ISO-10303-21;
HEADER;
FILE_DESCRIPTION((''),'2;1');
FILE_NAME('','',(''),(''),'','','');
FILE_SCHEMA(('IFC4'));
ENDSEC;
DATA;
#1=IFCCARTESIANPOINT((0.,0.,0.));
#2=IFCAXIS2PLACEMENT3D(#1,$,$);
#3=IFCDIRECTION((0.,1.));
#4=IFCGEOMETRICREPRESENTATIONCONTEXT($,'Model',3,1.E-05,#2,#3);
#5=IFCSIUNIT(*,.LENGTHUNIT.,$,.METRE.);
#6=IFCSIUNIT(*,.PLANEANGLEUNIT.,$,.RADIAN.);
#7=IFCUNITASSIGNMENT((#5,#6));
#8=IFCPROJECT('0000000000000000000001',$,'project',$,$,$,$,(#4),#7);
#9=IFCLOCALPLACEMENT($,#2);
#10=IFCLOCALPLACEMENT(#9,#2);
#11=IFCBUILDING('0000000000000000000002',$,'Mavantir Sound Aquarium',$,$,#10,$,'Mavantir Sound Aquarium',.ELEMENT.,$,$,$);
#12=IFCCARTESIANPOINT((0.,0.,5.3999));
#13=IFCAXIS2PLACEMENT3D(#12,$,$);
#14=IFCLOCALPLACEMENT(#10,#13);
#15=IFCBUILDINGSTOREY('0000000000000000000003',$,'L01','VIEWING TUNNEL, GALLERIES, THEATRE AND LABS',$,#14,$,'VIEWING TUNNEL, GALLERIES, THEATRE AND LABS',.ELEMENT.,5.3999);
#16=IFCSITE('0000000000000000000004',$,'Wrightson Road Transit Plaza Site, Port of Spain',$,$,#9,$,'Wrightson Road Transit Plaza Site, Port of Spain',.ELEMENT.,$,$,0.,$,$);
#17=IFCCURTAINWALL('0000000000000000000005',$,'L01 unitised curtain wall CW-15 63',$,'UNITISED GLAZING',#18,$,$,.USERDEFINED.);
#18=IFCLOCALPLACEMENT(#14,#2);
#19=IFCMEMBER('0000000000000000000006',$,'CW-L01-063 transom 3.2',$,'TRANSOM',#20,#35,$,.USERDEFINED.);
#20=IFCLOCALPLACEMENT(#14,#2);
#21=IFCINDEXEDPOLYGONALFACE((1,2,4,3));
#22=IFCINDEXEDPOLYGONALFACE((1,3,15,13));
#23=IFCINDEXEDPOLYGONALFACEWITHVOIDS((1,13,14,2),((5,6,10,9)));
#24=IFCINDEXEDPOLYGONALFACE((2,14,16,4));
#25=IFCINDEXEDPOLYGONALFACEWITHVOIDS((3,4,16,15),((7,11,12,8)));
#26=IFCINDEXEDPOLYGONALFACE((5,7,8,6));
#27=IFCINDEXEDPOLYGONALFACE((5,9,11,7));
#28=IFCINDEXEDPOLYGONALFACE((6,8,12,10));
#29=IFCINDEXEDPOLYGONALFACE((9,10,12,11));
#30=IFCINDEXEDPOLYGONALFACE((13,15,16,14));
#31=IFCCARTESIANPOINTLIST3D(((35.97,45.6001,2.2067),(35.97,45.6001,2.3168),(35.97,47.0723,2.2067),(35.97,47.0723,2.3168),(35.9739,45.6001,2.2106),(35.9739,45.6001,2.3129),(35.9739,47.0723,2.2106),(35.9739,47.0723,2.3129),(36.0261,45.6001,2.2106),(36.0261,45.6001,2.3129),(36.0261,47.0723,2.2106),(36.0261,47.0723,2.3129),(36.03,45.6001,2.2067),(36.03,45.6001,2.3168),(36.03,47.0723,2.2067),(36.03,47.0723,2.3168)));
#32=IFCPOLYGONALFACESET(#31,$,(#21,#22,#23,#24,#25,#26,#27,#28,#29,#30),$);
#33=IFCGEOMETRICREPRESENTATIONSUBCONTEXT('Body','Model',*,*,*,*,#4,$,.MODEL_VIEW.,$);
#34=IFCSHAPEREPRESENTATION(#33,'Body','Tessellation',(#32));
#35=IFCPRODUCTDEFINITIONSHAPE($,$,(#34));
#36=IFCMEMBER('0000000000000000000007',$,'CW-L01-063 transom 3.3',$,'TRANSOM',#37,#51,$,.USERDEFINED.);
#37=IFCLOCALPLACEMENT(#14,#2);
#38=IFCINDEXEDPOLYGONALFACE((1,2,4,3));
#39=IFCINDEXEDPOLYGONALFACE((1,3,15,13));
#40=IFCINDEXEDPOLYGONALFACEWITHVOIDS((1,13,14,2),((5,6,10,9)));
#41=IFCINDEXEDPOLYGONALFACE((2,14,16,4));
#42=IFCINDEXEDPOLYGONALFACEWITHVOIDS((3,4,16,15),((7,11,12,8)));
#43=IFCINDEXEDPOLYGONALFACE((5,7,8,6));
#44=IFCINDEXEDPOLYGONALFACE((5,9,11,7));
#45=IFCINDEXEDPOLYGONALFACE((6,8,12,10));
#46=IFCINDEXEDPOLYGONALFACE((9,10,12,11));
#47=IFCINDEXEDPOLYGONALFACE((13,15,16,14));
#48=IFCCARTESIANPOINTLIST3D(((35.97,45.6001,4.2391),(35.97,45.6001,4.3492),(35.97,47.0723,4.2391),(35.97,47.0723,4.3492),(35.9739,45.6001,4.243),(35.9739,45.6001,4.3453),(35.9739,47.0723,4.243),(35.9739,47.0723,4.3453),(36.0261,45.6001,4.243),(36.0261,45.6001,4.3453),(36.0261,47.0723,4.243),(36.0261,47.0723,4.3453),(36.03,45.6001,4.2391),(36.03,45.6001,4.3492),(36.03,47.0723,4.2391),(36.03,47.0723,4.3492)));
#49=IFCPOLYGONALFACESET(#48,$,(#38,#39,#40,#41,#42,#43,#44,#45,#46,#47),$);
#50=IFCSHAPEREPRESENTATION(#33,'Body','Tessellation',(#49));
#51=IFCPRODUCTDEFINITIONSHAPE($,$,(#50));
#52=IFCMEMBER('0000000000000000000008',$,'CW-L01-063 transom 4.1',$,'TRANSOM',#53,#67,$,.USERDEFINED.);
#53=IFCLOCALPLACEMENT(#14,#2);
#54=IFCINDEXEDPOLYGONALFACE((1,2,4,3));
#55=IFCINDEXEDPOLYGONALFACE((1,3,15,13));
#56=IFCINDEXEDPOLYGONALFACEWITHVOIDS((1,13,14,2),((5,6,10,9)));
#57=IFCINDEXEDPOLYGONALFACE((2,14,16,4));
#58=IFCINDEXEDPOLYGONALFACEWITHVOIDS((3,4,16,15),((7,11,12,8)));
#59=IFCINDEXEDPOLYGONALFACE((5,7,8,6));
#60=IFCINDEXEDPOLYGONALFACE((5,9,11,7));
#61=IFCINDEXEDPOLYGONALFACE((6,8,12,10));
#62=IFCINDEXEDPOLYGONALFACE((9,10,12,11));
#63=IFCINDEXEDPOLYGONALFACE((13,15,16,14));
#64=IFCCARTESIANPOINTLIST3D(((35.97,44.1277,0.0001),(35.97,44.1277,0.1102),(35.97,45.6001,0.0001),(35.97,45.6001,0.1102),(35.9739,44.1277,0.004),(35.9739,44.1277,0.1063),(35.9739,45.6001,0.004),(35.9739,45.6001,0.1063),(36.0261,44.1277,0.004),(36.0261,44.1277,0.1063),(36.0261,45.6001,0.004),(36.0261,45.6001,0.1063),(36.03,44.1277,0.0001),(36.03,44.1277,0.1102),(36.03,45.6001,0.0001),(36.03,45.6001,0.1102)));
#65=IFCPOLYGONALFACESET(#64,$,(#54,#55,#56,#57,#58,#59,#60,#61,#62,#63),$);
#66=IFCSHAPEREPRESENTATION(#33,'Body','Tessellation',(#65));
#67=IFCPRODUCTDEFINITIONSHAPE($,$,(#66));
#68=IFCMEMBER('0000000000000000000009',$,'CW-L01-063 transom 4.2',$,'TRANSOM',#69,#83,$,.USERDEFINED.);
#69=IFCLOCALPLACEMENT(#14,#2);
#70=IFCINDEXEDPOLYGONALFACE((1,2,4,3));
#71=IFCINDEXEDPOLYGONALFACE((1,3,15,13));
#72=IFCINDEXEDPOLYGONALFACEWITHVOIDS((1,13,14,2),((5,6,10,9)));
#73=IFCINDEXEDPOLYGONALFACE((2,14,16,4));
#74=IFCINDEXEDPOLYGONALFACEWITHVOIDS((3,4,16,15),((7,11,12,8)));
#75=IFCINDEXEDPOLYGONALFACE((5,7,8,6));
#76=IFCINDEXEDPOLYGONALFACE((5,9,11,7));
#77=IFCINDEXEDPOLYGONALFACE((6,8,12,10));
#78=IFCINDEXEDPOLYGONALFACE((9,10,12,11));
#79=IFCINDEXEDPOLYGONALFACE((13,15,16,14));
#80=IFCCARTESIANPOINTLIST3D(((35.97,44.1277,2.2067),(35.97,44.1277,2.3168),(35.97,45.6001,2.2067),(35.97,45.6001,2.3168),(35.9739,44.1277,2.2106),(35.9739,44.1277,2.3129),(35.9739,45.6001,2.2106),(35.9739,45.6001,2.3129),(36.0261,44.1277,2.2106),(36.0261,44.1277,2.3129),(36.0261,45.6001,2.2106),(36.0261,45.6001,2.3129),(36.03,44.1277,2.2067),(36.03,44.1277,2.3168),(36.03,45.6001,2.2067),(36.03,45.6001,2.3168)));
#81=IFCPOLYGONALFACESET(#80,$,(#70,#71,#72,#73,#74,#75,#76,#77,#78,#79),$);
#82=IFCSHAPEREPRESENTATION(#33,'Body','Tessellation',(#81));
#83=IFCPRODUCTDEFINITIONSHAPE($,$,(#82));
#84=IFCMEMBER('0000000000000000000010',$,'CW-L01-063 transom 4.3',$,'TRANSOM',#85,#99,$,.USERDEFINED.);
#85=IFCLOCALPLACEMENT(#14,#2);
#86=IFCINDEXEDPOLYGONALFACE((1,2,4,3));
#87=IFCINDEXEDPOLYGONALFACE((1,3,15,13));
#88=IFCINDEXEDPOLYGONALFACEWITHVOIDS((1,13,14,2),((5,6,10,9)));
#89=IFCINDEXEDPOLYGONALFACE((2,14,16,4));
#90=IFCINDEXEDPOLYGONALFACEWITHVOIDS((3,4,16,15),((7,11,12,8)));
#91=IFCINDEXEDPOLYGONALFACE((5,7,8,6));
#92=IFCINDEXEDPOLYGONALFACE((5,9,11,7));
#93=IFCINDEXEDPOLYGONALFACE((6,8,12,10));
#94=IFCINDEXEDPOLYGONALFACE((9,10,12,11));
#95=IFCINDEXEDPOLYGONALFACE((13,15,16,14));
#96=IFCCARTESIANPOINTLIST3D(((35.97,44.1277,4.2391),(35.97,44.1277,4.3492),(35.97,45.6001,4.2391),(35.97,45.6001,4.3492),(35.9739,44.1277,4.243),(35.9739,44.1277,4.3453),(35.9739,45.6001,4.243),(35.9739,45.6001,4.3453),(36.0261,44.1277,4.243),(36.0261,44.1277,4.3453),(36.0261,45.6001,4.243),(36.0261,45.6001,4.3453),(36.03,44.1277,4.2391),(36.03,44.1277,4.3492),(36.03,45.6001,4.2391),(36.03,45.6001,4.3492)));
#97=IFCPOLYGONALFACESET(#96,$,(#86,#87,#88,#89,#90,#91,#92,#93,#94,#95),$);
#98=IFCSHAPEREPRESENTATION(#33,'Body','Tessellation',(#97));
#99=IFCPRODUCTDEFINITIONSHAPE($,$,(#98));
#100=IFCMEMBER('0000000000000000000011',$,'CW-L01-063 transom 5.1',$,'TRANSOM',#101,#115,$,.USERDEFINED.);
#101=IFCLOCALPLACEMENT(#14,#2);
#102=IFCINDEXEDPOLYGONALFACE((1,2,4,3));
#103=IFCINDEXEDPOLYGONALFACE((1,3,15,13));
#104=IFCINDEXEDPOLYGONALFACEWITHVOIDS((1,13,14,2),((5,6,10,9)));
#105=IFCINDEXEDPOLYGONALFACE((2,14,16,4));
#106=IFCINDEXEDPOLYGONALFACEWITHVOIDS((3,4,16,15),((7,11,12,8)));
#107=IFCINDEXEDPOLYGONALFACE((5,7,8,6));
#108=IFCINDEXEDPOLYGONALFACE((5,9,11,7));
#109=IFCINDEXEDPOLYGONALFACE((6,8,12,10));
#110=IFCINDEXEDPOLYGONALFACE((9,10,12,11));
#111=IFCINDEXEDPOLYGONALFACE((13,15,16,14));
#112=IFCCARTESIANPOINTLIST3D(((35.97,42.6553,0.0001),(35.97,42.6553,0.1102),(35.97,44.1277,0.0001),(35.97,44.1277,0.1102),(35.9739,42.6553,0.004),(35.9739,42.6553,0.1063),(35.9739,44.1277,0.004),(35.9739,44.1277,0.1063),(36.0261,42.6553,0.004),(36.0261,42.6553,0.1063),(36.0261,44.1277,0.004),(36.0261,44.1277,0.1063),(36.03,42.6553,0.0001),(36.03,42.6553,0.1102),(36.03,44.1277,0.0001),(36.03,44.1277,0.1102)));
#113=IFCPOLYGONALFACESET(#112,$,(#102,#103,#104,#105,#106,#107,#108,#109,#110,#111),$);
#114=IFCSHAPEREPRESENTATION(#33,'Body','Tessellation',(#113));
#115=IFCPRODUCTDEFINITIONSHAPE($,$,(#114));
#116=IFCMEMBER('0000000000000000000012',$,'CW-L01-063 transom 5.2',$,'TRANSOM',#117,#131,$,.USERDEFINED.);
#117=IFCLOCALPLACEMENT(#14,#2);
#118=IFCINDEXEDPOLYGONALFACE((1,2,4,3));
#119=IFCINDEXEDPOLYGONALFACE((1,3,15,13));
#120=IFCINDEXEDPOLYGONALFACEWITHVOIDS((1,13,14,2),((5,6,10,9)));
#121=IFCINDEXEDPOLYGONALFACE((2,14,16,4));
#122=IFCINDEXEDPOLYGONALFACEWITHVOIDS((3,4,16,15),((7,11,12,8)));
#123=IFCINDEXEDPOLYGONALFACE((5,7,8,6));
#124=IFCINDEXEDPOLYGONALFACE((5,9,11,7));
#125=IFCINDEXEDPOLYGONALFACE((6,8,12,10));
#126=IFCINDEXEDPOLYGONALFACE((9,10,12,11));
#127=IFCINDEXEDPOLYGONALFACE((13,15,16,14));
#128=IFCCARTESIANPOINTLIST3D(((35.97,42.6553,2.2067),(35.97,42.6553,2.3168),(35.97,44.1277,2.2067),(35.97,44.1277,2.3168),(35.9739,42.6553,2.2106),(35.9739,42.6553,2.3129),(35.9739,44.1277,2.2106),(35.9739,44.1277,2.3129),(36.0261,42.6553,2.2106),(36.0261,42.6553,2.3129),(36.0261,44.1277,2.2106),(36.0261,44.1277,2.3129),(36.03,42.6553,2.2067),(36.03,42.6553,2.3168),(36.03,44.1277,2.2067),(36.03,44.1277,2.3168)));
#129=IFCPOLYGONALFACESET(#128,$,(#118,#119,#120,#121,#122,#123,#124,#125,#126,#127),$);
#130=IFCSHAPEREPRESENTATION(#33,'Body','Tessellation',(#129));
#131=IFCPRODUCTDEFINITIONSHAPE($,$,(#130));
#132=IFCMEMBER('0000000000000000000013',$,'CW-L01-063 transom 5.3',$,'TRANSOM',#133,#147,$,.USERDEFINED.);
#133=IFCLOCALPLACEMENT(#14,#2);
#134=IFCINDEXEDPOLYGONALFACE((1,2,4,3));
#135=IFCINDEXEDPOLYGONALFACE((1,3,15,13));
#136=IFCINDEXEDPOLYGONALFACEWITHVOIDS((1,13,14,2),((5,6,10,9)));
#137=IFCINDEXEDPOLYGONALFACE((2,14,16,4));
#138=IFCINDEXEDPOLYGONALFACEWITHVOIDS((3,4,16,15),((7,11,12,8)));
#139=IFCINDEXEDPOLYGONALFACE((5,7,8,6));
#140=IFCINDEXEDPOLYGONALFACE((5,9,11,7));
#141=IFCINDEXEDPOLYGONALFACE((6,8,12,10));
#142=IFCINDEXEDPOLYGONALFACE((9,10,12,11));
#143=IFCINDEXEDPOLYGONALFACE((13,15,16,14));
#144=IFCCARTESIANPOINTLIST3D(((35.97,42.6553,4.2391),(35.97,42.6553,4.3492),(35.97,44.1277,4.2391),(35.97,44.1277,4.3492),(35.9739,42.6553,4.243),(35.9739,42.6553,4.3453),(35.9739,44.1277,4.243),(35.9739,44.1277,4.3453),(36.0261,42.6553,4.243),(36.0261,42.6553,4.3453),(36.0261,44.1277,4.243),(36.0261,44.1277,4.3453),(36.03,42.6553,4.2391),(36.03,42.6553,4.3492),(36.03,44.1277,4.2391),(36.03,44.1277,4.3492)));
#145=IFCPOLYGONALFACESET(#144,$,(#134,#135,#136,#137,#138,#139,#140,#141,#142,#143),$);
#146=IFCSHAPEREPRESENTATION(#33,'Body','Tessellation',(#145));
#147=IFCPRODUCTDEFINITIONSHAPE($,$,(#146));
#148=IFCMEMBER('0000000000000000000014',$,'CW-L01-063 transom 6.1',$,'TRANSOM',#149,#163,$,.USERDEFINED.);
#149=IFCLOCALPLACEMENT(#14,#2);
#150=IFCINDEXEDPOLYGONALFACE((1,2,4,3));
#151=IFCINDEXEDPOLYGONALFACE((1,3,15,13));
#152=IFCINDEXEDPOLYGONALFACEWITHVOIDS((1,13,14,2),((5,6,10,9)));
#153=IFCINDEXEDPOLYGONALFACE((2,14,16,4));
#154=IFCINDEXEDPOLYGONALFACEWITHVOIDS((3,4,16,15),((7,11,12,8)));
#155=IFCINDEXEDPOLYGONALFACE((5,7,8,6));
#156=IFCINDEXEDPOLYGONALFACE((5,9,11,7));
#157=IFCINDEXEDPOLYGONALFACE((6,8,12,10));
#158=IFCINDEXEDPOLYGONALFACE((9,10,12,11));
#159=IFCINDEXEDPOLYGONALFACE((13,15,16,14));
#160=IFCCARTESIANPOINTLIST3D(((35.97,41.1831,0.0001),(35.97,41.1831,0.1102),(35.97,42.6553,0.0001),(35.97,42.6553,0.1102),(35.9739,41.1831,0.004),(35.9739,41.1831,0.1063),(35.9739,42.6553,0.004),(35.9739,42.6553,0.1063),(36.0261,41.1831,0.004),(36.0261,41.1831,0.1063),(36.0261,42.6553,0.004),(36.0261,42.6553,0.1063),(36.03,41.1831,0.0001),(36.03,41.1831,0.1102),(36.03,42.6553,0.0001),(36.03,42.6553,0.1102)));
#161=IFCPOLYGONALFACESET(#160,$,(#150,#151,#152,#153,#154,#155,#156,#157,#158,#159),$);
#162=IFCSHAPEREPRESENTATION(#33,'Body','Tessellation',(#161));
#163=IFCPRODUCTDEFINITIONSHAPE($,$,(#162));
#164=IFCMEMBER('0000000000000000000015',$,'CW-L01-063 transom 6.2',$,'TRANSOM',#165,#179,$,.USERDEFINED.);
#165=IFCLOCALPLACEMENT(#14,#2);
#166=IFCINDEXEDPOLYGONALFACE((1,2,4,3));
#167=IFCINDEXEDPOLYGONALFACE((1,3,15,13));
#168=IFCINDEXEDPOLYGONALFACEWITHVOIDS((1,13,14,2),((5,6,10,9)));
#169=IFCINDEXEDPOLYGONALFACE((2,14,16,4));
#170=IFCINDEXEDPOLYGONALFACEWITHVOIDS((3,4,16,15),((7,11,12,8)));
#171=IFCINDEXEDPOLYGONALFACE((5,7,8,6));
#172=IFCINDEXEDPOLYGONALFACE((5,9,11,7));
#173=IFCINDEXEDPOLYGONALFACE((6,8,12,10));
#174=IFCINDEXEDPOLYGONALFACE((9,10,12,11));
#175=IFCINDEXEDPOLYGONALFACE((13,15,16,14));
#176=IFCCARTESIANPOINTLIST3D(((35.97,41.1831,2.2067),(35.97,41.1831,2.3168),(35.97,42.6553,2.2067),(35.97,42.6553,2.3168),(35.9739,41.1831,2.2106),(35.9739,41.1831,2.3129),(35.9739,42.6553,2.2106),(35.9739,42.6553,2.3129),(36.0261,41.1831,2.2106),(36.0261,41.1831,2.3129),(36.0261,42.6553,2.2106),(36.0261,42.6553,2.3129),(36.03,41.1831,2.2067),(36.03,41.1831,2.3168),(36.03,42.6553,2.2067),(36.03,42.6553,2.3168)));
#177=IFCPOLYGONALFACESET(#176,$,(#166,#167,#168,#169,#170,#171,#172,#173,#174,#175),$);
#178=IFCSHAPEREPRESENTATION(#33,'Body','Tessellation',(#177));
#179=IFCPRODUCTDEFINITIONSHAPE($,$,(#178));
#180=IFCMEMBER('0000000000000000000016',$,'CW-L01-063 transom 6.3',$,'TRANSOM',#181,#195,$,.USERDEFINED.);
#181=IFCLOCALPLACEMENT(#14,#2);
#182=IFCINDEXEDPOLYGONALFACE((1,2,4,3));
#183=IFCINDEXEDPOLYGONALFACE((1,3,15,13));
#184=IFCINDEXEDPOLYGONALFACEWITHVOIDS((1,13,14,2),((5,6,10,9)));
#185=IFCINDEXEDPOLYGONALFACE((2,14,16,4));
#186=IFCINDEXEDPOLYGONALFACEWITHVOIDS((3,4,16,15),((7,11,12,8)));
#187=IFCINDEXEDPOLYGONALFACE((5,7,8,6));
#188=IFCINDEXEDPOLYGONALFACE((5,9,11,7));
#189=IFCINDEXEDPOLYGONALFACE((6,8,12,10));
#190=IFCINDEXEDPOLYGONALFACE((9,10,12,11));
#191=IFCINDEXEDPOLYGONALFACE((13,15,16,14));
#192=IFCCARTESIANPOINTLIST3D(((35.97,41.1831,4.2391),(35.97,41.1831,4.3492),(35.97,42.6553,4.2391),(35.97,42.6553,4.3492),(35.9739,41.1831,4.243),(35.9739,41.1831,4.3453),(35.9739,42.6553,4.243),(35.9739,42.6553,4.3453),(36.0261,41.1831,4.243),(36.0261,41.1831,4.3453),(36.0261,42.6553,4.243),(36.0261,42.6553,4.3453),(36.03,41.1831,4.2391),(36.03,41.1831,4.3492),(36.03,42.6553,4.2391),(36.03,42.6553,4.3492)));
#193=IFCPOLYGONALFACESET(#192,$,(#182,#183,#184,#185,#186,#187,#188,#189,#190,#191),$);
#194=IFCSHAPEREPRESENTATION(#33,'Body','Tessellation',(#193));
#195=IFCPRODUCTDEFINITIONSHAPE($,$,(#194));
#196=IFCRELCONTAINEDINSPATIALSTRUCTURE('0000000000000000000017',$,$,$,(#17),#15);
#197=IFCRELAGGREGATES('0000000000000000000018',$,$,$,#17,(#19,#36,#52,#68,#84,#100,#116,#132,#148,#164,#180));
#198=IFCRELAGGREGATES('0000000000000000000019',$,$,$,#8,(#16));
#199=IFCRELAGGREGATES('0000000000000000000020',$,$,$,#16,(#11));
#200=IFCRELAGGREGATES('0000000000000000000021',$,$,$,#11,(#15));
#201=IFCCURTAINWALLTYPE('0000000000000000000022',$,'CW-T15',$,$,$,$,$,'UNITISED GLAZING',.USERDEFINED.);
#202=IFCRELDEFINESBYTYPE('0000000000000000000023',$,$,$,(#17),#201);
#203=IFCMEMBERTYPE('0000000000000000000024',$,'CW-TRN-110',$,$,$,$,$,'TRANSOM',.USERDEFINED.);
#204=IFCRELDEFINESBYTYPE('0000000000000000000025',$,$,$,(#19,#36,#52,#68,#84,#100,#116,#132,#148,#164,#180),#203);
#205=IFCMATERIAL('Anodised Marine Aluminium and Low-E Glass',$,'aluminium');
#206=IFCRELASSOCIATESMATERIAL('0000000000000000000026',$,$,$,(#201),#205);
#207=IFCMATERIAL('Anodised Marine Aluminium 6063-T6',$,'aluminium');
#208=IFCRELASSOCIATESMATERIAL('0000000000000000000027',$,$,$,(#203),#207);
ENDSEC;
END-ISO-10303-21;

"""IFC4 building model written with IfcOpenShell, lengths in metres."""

from ifc_helpers import new_model, si_unit, direction, frame, origin, origin_2d, place, context, subcontext, project, spatial, hollow_rectangle, extrude, material, material_profile, profile_set, type_object, element, aggregate, save


model = new_model("IFC4")

# Units and contexts
model_context = context("Model", 3, precision=1e-05, world=origin(), true_north=direction((0.0, 1.0)))
body_context = subcontext(model_context, "Body", "Model", "MODEL_VIEW")
ifc_project = project(units=[si_unit("LENGTHUNIT", "METRE"), si_unit("PLANEANGLEUNIT", "RADIAN")], contexts=[model_context])

# Site, building, storey
site_placement = place(None, origin())
site = spatial("IfcSite", under=ifc_project, at=site_placement, Name="Wrightson Road Transit Plaza Site, Port of Spain", LongName="Wrightson Road Transit Plaza Site, Port of Spain", CompositionType="ELEMENT", RefElevation=0.0)
building_placement = place(site_placement, origin())
building = spatial("IfcBuilding", under=site, at=building_placement, Name="Mavantir Sound Aquarium", LongName="Mavantir Sound Aquarium", CompositionType="ELEMENT")
storey_placement = place(building_placement, frame((0.0, 0.0, 5.3999)))
storey = spatial("IfcBuildingStorey", under=building, at=storey_placement, Name="L01", Description="VIEWING TUNNEL, GALLERIES, THEATRE AND LABS", LongName="VIEWING TUNNEL, GALLERIES, THEATRE AND LABS", CompositionType="ELEMENT", Elevation=5.3999)

# Curtain wall, members
ifc_material_1 = material(Name="Anodised Marine Aluminium and Low-E Glass", Category="aluminium")
curtain_wall_type = type_object("IfcCurtainWallType", Name="CW-T15", ElementType="UNITISED GLAZING", PredefinedType="USERDEFINED", material=ifc_material_1)
curtain_wall_placement = place(storey_placement, origin())
curtain_wall = element("IfcCurtainWall", 1, at=curtain_wall_placement, inside=storey, type_object=curtain_wall_type, Name="L01 unitised curtain wall CW-15 63", ObjectType="UNITISED GLAZING", PredefinedType="USERDEFINED")
ifc_material_2 = material(Name="Anodised Marine Aluminium 6063-T6", Category="aluminium")
ifc_material_profile_1 = material_profile(ifc_material_2, hollow_rectangle(XDim=0.0601, YDim=0.1101, WallThickness=0.0039, at=origin_2d()), Name="ALU-TRANSOM-110X60")
ifc_profile_set_1 = profile_set([ifc_material_profile_1], Name="Anodised Marine Aluminium 6063-T6")
member_type_1 = type_object("IfcMemberType", Name="CW-TRN-110", ElementType="TRANSOM", PredefinedType="USERDEFINED", material=ifc_profile_set_1)
member_1_placement = place(storey_placement, frame((36.0, 47.0723, 2.2617), z_axis=(0.0, -1.0, 0.0), x_axis=(1.0, 0.0, 0.0)))
member_1 = element("IfcMember", 2, at=member_1_placement, type_object=member_type_1, Name="CW-L01-063 transom 3.2", ObjectType="TRANSOM", PredefinedType="USERDEFINED", context=body_context, shape_type="SweptSolid", body=[
    extrude(hollow_rectangle(XDim=0.0601, YDim=0.1101, WallThickness=0.0039, at=origin_2d()), origin(), (0.0, 0.0, 1.0), 1.4722),
])
member_2_placement = place(storey_placement, frame((36.0, 47.0723, 4.2942), z_axis=(0.0, -1.0, 0.0), x_axis=(1.0, 0.0, 0.0)))
member_2 = element("IfcMember", 3, at=member_2_placement, type_object=member_type_1, Name="CW-L01-063 transom 3.3", ObjectType="TRANSOM", PredefinedType="USERDEFINED", context=body_context, shape_type="SweptSolid", body=[
    extrude(hollow_rectangle(XDim=0.0601, YDim=0.1101, WallThickness=0.0039, at=origin_2d()), origin(), (0.0, 0.0, 1.0), 1.4722),
])
member_3_placement = place(storey_placement, frame((36.0, 45.6001, 0.0552), z_axis=(0.0, -1.0, 0.0), x_axis=(1.0, 0.0, 0.0)))
member_3 = element("IfcMember", 4, at=member_3_placement, type_object=member_type_1, Name="CW-L01-063 transom 4.1", ObjectType="TRANSOM", PredefinedType="USERDEFINED", context=body_context, shape_type="SweptSolid", body=[
    extrude(hollow_rectangle(XDim=0.0601, YDim=0.1101, WallThickness=0.0039, at=origin_2d()), origin(), (0.0, 0.0, 1.0), 1.4724),
])
member_4_placement = place(storey_placement, frame((36.0, 45.6001, 2.2617), z_axis=(0.0, -1.0, 0.0), x_axis=(1.0, 0.0, 0.0)))
member_4 = element("IfcMember", 5, at=member_4_placement, type_object=member_type_1, Name="CW-L01-063 transom 4.2", ObjectType="TRANSOM", PredefinedType="USERDEFINED", context=body_context, shape_type="SweptSolid", body=[
    extrude(hollow_rectangle(XDim=0.0601, YDim=0.1101, WallThickness=0.0039, at=origin_2d()), origin(), (0.0, 0.0, 1.0), 1.4724),
])
member_5_placement = place(storey_placement, frame((36.0, 45.6001, 4.2942), z_axis=(0.0, -1.0, 0.0), x_axis=(1.0, 0.0, 0.0)))
member_5 = element("IfcMember", 6, at=member_5_placement, type_object=member_type_1, Name="CW-L01-063 transom 4.3", ObjectType="TRANSOM", PredefinedType="USERDEFINED", context=body_context, shape_type="SweptSolid", body=[
    extrude(hollow_rectangle(XDim=0.0601, YDim=0.1101, WallThickness=0.0039, at=origin_2d()), origin(), (0.0, 0.0, 1.0), 1.4724),
])
member_6_placement = place(storey_placement, frame((36.0, 44.1277, 0.0552), z_axis=(0.0, -1.0, 0.0), x_axis=(1.0, 0.0, 0.0)))
member_6 = element("IfcMember", 7, at=member_6_placement, type_object=member_type_1, Name="CW-L01-063 transom 5.1", ObjectType="TRANSOM", PredefinedType="USERDEFINED", context=body_context, shape_type="SweptSolid", body=[
    extrude(hollow_rectangle(XDim=0.0601, YDim=0.1101, WallThickness=0.0039, at=origin_2d()), origin(), (0.0, 0.0, 1.0), 1.4724),
])
member_7_placement = place(storey_placement, frame((36.0, 44.1277, 2.2617), z_axis=(0.0, -1.0, 0.0), x_axis=(1.0, 0.0, 0.0)))
member_7 = element("IfcMember", 8, at=member_7_placement, type_object=member_type_1, Name="CW-L01-063 transom 5.2", ObjectType="TRANSOM", PredefinedType="USERDEFINED", context=body_context, shape_type="SweptSolid", body=[
    extrude(hollow_rectangle(XDim=0.0601, YDim=0.1101, WallThickness=0.0039, at=origin_2d()), origin(), (0.0, 0.0, 1.0), 1.4724),
])
member_8_placement = place(storey_placement, frame((36.0, 44.1277, 4.2942), z_axis=(0.0, -1.0, 0.0), x_axis=(1.0, 0.0, 0.0)))
member_8 = element("IfcMember", 9, at=member_8_placement, type_object=member_type_1, Name="CW-L01-063 transom 5.3", ObjectType="TRANSOM", PredefinedType="USERDEFINED", context=body_context, shape_type="SweptSolid", body=[
    extrude(hollow_rectangle(XDim=0.0601, YDim=0.1101, WallThickness=0.0039, at=origin_2d()), origin(), (0.0, 0.0, 1.0), 1.4724),
])
member_9_placement = place(storey_placement, frame((36.0, 42.6553, 0.0552), z_axis=(0.0, -1.0, 0.0), x_axis=(1.0, 0.0, 0.0)))
member_9 = element("IfcMember", 10, at=member_9_placement, type_object=member_type_1, Name="CW-L01-063 transom 6.1", ObjectType="TRANSOM", PredefinedType="USERDEFINED", context=body_context, shape_type="SweptSolid", body=[
    extrude(hollow_rectangle(XDim=0.0601, YDim=0.1101, WallThickness=0.0039, at=origin_2d()), origin(), (0.0, 0.0, 1.0), 1.4722),
])
member_10_placement = place(storey_placement, frame((36.0, 42.6553, 2.2617), z_axis=(0.0, -1.0, 0.0), x_axis=(1.0, 0.0, 0.0)))
member_10 = element("IfcMember", 11, at=member_10_placement, type_object=member_type_1, Name="CW-L01-063 transom 6.2", ObjectType="TRANSOM", PredefinedType="USERDEFINED", context=body_context, shape_type="SweptSolid", body=[
    extrude(hollow_rectangle(XDim=0.0601, YDim=0.1101, WallThickness=0.0039, at=origin_2d()), origin(), (0.0, 0.0, 1.0), 1.4722),
])
member_11_placement = place(storey_placement, frame((36.0, 42.6553, 4.2942), z_axis=(0.0, -1.0, 0.0), x_axis=(1.0, 0.0, 0.0)))
member_11 = element("IfcMember", 12, at=member_11_placement, type_object=member_type_1, Name="CW-L01-063 transom 6.3", ObjectType="TRANSOM", PredefinedType="USERDEFINED", context=body_context, shape_type="SweptSolid", body=[
    extrude(hollow_rectangle(XDim=0.0601, YDim=0.1101, WallThickness=0.0039, at=origin_2d()), origin(), (0.0, 0.0, 1.0), 1.4722),
])
aggregate(curtain_wall, [member_1, member_2, member_3, member_4, member_5, member_6, member_7, member_8, member_9, member_10, member_11])

save(model, "model.ifc")
